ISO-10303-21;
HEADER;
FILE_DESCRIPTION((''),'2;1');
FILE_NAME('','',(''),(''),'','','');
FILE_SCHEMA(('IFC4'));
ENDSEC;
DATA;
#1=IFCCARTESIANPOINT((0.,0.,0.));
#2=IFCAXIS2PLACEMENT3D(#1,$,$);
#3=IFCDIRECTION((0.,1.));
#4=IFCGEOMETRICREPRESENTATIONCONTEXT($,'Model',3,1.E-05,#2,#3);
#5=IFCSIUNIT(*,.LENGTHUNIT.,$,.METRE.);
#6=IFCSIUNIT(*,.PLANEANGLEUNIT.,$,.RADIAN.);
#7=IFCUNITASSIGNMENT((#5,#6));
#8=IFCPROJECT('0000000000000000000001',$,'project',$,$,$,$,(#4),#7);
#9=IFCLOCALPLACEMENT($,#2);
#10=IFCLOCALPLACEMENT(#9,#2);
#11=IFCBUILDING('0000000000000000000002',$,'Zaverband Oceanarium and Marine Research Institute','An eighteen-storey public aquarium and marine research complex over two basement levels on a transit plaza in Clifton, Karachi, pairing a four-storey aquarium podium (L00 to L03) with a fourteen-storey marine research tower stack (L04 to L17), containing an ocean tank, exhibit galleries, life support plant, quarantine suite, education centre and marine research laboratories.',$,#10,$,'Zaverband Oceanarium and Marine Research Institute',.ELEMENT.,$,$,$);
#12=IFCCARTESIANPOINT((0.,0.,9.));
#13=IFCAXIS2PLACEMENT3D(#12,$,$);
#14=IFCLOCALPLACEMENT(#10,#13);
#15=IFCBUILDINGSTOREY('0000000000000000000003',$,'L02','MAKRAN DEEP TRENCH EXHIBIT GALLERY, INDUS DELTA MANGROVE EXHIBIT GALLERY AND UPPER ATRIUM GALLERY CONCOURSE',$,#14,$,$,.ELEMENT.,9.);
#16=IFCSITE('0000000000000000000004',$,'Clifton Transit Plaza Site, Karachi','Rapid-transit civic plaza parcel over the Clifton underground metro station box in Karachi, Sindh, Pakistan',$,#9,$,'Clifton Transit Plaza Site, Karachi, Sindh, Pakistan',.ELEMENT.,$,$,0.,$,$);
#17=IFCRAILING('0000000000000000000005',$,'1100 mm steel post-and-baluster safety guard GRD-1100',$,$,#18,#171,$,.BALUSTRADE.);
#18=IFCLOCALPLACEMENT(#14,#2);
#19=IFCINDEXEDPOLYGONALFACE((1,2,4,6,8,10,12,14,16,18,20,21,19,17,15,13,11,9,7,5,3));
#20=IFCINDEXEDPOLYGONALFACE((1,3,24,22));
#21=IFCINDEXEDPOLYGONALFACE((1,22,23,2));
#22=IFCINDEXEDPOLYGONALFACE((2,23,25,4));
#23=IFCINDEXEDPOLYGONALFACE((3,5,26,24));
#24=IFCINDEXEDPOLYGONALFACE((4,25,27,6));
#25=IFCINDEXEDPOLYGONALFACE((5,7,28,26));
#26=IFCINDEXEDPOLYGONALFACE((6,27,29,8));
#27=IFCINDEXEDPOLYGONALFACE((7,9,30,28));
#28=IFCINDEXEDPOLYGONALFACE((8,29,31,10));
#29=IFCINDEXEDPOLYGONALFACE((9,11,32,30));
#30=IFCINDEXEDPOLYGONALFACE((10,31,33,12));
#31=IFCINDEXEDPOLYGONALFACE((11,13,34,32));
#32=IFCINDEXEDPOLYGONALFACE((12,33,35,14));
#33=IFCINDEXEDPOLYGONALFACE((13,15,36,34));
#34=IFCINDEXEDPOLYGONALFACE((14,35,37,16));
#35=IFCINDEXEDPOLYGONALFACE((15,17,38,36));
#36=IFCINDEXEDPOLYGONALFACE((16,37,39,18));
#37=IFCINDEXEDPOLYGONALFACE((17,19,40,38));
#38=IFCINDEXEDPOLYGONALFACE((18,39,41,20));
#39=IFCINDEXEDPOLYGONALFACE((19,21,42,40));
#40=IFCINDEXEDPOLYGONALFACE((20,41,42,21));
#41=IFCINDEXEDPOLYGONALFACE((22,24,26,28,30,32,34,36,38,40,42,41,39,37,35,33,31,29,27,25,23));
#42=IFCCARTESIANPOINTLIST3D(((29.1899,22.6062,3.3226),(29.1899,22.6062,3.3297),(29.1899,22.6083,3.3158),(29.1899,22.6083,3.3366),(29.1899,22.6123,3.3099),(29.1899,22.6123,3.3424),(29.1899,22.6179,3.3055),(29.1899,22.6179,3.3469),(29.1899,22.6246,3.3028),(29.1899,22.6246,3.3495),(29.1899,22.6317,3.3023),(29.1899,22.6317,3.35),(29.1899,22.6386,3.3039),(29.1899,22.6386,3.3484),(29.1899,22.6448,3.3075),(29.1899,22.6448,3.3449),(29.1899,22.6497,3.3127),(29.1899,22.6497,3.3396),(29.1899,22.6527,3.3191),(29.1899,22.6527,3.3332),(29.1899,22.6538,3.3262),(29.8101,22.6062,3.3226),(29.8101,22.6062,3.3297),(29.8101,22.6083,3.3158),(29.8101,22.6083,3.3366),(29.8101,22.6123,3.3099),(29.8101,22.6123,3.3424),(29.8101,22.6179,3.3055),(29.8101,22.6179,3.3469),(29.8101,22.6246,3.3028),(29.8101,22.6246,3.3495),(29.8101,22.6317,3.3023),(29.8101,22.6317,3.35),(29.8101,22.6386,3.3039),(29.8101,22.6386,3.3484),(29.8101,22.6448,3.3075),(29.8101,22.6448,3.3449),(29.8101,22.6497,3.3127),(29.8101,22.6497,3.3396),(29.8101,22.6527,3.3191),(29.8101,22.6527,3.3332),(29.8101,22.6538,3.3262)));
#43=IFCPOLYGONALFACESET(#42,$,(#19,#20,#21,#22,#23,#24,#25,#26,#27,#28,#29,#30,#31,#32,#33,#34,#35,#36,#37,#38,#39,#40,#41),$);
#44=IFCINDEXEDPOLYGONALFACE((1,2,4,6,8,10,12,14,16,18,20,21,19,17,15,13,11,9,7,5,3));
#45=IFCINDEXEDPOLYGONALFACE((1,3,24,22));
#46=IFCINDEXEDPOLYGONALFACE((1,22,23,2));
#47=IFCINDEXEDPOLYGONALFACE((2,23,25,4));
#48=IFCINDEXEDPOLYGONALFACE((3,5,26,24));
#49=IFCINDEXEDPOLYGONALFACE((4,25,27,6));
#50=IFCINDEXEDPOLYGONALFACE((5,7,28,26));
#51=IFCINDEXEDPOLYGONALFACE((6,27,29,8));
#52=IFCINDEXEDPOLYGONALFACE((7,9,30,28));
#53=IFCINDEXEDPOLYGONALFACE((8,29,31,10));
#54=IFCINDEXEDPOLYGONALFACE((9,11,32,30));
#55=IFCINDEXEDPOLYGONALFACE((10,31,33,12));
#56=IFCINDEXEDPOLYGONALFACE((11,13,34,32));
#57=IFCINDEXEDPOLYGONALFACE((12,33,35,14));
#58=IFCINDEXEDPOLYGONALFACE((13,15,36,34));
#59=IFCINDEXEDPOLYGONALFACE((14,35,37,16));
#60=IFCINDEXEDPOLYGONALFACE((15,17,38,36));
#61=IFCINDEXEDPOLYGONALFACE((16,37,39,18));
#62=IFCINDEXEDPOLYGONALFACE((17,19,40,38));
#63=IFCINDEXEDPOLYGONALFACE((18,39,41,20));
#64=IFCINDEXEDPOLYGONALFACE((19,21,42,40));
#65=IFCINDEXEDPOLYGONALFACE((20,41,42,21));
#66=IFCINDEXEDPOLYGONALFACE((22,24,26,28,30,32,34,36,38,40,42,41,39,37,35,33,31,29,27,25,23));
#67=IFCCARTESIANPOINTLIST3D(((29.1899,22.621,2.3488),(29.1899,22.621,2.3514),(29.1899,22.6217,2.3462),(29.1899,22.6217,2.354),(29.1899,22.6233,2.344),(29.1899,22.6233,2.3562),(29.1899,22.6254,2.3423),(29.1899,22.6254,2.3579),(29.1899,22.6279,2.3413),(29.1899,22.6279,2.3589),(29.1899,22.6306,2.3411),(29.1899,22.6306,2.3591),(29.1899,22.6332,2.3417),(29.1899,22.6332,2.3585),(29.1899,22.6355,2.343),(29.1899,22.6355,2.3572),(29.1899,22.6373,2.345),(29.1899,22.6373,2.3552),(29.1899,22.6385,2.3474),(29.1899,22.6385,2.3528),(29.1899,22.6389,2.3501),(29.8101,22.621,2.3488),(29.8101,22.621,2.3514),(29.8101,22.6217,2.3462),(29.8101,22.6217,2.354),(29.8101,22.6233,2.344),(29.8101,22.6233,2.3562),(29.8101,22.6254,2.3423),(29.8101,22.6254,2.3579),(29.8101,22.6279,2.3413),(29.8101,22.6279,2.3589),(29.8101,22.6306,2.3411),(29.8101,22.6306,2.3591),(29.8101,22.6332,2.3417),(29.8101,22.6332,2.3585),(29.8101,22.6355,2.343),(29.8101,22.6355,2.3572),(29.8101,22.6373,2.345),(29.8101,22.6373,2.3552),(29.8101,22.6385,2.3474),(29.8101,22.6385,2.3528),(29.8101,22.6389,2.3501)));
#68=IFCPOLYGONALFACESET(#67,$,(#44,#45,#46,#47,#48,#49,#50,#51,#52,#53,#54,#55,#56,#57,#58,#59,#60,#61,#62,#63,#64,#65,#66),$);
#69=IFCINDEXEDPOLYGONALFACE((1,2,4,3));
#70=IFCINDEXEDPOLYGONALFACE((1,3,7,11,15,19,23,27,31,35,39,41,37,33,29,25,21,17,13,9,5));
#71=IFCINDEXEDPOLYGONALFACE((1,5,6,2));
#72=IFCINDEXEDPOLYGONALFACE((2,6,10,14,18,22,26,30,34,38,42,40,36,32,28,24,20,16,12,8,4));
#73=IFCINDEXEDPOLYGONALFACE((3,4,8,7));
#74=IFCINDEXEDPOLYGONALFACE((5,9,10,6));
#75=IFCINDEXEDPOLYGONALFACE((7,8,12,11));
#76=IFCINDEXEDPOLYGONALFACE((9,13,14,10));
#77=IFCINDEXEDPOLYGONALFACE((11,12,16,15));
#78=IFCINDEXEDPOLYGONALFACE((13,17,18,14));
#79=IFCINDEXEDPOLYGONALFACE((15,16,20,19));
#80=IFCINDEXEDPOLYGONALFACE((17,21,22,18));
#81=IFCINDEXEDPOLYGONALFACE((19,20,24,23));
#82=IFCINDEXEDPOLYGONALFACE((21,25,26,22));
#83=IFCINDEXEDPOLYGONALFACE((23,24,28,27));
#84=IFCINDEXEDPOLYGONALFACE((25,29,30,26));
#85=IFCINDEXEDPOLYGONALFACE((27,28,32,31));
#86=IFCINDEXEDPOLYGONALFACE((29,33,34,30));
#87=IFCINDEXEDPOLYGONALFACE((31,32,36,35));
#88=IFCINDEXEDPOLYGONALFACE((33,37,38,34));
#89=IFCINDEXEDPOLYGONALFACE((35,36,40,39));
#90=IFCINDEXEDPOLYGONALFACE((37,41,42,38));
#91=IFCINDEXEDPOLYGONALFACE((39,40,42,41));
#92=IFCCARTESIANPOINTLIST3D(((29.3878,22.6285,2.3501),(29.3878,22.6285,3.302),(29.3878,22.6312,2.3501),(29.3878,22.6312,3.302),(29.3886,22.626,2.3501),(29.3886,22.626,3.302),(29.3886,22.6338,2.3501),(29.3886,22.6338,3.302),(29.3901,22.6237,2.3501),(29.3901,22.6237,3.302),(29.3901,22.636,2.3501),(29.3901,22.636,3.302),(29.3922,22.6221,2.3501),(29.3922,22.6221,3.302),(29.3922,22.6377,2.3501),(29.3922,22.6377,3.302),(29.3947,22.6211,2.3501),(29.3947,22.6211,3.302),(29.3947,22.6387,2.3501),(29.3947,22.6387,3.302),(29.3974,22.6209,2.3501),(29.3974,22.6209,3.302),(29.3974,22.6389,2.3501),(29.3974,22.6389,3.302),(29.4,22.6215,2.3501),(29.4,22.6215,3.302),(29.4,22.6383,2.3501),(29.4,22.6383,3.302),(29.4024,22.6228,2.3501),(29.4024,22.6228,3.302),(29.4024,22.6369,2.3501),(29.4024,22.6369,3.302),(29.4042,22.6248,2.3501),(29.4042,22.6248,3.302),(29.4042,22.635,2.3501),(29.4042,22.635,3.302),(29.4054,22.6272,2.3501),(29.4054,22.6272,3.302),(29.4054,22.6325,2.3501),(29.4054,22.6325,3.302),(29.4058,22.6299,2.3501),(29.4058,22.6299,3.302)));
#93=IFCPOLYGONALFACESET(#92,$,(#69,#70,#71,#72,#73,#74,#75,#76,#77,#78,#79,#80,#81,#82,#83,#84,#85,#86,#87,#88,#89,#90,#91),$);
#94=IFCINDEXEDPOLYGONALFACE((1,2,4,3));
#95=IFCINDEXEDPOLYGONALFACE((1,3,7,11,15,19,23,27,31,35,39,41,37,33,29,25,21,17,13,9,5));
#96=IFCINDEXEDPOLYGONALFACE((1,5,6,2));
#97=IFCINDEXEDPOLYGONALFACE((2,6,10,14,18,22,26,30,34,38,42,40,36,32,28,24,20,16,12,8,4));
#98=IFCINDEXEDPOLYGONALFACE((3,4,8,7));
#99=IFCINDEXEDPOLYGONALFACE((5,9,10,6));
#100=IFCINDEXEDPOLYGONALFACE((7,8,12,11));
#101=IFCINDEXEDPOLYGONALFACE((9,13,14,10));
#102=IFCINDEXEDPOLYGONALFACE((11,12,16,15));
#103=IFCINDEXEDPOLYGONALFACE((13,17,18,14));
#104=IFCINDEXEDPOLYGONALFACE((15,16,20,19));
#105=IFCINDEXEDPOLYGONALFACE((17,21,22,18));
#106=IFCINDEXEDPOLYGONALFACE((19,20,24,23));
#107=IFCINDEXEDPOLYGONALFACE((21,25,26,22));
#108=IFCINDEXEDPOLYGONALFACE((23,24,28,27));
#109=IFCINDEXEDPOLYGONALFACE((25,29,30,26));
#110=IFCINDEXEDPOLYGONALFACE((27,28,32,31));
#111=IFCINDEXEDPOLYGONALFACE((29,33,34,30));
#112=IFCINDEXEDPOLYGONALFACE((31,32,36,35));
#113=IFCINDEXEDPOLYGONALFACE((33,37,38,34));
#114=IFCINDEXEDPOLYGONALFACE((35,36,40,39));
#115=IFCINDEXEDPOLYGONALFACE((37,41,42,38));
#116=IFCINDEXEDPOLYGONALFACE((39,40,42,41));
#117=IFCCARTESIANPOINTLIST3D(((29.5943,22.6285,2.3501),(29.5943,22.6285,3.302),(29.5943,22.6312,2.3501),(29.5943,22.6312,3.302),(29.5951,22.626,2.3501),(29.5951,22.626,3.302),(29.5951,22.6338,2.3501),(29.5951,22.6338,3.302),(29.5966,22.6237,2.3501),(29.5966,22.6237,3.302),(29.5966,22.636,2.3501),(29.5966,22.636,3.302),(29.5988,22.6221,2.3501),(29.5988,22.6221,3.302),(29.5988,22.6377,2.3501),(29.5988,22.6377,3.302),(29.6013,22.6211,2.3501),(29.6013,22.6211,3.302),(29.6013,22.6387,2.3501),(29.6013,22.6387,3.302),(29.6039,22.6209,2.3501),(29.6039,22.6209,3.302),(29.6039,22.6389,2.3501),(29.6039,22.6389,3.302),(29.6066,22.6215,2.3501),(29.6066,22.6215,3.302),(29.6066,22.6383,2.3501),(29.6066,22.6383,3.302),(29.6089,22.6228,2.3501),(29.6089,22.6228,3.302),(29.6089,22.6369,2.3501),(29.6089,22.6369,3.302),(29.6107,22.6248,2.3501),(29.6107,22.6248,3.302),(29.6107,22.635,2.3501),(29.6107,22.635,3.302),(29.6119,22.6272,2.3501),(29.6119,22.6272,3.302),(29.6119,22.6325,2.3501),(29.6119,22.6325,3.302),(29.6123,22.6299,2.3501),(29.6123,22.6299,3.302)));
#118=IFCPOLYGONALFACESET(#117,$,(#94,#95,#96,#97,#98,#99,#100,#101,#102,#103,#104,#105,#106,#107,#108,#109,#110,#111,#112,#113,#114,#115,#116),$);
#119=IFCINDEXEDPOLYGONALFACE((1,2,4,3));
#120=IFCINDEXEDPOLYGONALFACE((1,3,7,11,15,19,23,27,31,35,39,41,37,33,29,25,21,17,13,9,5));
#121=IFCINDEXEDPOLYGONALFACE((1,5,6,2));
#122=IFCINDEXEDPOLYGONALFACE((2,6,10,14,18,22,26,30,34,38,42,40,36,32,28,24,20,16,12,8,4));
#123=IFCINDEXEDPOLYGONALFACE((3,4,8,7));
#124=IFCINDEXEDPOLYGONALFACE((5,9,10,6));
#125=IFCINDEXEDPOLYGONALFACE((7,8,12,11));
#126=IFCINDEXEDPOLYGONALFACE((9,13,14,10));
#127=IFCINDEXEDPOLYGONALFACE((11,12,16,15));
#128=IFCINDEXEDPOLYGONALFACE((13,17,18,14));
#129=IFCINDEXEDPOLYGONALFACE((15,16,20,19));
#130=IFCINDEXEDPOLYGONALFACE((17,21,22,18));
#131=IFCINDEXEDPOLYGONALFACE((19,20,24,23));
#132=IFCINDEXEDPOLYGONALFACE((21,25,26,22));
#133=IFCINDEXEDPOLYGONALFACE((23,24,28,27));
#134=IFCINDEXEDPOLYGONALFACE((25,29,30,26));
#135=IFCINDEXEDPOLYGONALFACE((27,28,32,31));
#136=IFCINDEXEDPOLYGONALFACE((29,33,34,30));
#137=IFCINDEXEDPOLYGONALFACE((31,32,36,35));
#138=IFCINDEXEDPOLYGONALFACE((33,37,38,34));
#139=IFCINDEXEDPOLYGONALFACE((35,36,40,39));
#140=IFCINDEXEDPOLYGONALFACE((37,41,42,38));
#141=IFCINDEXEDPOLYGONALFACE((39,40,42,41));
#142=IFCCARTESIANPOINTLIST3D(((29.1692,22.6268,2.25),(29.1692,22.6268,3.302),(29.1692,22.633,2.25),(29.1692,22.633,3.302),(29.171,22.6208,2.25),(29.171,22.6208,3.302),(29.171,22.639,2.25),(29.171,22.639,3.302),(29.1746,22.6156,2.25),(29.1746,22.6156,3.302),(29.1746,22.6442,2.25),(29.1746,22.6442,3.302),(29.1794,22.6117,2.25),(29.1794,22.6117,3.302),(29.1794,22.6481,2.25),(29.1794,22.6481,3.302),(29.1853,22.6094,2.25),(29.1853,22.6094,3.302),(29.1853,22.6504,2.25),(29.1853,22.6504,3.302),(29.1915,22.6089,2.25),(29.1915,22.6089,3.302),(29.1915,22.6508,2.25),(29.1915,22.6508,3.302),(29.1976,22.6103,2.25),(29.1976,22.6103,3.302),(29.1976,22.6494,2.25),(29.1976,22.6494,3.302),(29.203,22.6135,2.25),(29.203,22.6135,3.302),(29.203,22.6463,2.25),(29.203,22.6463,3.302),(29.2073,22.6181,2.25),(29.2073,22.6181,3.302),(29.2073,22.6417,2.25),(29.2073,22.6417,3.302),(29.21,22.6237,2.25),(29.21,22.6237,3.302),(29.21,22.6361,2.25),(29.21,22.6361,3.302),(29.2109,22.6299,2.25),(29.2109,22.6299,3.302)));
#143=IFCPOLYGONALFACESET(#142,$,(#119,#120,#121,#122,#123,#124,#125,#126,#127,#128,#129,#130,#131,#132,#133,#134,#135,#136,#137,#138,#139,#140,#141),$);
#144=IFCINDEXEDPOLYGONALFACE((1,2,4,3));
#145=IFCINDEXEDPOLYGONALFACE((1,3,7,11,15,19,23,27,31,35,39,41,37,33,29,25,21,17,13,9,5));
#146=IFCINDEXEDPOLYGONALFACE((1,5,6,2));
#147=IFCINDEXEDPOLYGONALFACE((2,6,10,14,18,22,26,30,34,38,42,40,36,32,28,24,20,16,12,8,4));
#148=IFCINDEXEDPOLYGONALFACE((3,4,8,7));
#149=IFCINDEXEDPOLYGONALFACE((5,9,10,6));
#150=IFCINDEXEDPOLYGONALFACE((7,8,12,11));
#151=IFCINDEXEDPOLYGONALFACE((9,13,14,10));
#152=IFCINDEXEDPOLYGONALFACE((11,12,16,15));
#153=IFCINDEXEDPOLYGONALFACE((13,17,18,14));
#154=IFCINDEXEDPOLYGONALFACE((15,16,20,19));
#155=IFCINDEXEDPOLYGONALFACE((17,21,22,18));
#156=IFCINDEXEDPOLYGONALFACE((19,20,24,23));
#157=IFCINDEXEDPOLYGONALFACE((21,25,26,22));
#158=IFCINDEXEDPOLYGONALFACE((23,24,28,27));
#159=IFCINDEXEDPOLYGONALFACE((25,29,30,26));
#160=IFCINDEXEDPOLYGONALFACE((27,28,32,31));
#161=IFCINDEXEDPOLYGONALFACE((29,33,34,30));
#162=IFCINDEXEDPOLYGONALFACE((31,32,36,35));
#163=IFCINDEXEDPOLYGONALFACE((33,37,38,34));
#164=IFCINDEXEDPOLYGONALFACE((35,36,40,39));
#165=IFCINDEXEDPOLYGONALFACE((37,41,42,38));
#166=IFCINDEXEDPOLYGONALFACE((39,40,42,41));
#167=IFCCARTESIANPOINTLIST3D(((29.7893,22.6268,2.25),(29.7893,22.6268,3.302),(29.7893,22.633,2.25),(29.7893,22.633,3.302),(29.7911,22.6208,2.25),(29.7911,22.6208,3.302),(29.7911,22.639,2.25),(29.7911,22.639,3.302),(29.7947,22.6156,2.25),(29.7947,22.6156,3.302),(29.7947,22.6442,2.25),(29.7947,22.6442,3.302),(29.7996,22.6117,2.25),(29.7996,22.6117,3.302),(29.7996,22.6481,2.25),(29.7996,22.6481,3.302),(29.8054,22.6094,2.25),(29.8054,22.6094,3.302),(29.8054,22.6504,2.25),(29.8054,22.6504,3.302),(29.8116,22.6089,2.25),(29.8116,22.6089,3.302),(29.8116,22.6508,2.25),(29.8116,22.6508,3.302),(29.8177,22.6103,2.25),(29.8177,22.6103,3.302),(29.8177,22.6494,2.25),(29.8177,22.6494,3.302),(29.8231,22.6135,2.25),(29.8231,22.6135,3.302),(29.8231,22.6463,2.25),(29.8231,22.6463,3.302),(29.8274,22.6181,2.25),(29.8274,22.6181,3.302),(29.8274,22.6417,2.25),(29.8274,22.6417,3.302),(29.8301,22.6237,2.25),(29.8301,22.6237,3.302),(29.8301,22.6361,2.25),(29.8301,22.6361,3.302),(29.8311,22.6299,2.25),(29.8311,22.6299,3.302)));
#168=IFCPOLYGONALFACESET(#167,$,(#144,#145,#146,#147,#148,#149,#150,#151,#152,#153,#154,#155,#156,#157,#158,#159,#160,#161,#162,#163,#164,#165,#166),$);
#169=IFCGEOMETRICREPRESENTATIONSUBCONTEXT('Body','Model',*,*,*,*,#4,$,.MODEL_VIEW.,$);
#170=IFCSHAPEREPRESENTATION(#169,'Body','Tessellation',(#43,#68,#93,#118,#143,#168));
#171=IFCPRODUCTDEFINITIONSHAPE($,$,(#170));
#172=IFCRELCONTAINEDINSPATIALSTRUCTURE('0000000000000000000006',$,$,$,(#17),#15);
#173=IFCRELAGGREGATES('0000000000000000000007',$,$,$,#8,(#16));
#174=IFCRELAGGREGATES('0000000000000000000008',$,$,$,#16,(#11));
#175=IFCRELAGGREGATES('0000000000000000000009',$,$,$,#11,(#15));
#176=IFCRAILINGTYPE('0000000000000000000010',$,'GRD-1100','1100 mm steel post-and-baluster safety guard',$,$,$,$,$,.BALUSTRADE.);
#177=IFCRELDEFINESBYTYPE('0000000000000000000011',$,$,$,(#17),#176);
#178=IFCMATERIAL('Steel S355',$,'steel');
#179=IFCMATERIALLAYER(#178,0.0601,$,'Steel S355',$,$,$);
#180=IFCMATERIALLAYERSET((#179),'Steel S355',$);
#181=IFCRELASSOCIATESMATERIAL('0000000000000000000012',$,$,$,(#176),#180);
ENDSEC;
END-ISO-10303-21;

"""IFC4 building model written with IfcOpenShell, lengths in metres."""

from ifc_helpers import new_model, si_unit, direction, frame, origin, origin_2d, place, context, subcontext, project, spatial, circle, extrude, material, layer, layer_set, type_object, element, save


model = new_model("IFC4")

# Units and contexts
model_context = context("Model", 3, precision=1e-05, world=origin(), true_north=direction((0.0, 1.0)))
body_context = subcontext(model_context, "Body", "Model", "MODEL_VIEW")
ifc_project = project(units=[si_unit("LENGTHUNIT", "METRE"), si_unit("PLANEANGLEUNIT", "RADIAN")], contexts=[model_context])

# Site, building, storey
site_placement = place(None, origin())
site = spatial("IfcSite", under=ifc_project, at=site_placement, Name="Clifton Transit Plaza Site, Karachi", Description="Rapid-transit civic plaza parcel over the Clifton underground metro station box in Karachi, Sindh, Pakistan", LongName="Clifton Transit Plaza Site, Karachi, Sindh, Pakistan", CompositionType="ELEMENT", RefElevation=0.0)
building_placement = place(site_placement, origin())
building = spatial("IfcBuilding", under=site, at=building_placement, Name="Zaverband Oceanarium and Marine Research Institute", Description="An eighteen-storey public aquarium and marine research complex over two basement levels on a transit plaza in Clifton, Karachi, pairing a four-storey aquarium podium (L00 to L03) with a fourteen-storey marine research tower stack (L04 to L17), containing an ocean tank, exhibit galleries, life support plant, quarantine suite, education centre and marine research laboratories.", LongName="Zaverband Oceanarium and Marine Research Institute", CompositionType="ELEMENT")
storey_placement = place(building_placement, frame((0.0, 0.0, 9.0)))
storey = spatial("IfcBuildingStorey", under=building, at=storey_placement, Name="L02", Description="MAKRAN DEEP TRENCH EXHIBIT GALLERY, INDUS DELTA MANGROVE EXHIBIT GALLERY AND UPPER ATRIUM GALLERY CONCOURSE", CompositionType="ELEMENT", Elevation=9.0)

# Shared definitions
ifc_material_1 = material(Name="Steel S355", Category="steel")

# Railing
ifc_layer_1 = layer(ifc_material_1, 0.0601, Name="Steel S355")
ifc_layer_set_1 = layer_set([ifc_layer_1], Name="Steel S355")
railing_type_1 = type_object("IfcRailingType", Name="GRD-1100", Description="1100 mm steel post-and-baluster safety guard", PredefinedType="BALUSTRADE", material=ifc_layer_set_1)
for number, where, name in (
    (1, (29.1899, 22.6299, 2.25), "1100 mm steel post-and-baluster safety guard GRD-1100"),
):
    element("IfcRailing", number, at=place(storey_placement, frame(where)), inside=storey, type_object=railing_type_1, Name=name, PredefinedType="BALUSTRADE", context=body_context, shape_type="SweptSolid", body=[
        extrude(circle(Radius=0.0239, at=origin_2d()), frame((0.0, 0.0, 1.0762), z_axis=(1.0, 0.0, 0.0), x_axis=(0.0, 1.0, 0.0)), (0.0, 0.0, 1.0), 0.6201),
        extrude(circle(Radius=0.009, at=origin_2d()), frame((0.0, 0.0, 0.1001), z_axis=(1.0, 0.0, 0.0), x_axis=(0.0, 1.0, 0.0)), (0.0, 0.0, 1.0), 0.6201),
        extrude(circle(Radius=0.009, at=origin_2d()), frame((0.2068, 0.0, 0.1001)), (0.0, 0.0, 1.0), 0.9519),
        extrude(circle(Radius=0.009, at=origin_2d()), frame((0.4133, 0.0, 0.1001)), (0.0, 0.0, 1.0), 0.9519),
        extrude(circle(Radius=0.021, at=origin_2d()), origin(), (0.0, 0.0, 1.0), 1.052),
        extrude(circle(Radius=0.021, at=origin_2d()), frame((0.6201, 0.0, 0.0)), (0.0, 0.0, 1.0), 1.052),
    ])

save(model, "model.ifc")
